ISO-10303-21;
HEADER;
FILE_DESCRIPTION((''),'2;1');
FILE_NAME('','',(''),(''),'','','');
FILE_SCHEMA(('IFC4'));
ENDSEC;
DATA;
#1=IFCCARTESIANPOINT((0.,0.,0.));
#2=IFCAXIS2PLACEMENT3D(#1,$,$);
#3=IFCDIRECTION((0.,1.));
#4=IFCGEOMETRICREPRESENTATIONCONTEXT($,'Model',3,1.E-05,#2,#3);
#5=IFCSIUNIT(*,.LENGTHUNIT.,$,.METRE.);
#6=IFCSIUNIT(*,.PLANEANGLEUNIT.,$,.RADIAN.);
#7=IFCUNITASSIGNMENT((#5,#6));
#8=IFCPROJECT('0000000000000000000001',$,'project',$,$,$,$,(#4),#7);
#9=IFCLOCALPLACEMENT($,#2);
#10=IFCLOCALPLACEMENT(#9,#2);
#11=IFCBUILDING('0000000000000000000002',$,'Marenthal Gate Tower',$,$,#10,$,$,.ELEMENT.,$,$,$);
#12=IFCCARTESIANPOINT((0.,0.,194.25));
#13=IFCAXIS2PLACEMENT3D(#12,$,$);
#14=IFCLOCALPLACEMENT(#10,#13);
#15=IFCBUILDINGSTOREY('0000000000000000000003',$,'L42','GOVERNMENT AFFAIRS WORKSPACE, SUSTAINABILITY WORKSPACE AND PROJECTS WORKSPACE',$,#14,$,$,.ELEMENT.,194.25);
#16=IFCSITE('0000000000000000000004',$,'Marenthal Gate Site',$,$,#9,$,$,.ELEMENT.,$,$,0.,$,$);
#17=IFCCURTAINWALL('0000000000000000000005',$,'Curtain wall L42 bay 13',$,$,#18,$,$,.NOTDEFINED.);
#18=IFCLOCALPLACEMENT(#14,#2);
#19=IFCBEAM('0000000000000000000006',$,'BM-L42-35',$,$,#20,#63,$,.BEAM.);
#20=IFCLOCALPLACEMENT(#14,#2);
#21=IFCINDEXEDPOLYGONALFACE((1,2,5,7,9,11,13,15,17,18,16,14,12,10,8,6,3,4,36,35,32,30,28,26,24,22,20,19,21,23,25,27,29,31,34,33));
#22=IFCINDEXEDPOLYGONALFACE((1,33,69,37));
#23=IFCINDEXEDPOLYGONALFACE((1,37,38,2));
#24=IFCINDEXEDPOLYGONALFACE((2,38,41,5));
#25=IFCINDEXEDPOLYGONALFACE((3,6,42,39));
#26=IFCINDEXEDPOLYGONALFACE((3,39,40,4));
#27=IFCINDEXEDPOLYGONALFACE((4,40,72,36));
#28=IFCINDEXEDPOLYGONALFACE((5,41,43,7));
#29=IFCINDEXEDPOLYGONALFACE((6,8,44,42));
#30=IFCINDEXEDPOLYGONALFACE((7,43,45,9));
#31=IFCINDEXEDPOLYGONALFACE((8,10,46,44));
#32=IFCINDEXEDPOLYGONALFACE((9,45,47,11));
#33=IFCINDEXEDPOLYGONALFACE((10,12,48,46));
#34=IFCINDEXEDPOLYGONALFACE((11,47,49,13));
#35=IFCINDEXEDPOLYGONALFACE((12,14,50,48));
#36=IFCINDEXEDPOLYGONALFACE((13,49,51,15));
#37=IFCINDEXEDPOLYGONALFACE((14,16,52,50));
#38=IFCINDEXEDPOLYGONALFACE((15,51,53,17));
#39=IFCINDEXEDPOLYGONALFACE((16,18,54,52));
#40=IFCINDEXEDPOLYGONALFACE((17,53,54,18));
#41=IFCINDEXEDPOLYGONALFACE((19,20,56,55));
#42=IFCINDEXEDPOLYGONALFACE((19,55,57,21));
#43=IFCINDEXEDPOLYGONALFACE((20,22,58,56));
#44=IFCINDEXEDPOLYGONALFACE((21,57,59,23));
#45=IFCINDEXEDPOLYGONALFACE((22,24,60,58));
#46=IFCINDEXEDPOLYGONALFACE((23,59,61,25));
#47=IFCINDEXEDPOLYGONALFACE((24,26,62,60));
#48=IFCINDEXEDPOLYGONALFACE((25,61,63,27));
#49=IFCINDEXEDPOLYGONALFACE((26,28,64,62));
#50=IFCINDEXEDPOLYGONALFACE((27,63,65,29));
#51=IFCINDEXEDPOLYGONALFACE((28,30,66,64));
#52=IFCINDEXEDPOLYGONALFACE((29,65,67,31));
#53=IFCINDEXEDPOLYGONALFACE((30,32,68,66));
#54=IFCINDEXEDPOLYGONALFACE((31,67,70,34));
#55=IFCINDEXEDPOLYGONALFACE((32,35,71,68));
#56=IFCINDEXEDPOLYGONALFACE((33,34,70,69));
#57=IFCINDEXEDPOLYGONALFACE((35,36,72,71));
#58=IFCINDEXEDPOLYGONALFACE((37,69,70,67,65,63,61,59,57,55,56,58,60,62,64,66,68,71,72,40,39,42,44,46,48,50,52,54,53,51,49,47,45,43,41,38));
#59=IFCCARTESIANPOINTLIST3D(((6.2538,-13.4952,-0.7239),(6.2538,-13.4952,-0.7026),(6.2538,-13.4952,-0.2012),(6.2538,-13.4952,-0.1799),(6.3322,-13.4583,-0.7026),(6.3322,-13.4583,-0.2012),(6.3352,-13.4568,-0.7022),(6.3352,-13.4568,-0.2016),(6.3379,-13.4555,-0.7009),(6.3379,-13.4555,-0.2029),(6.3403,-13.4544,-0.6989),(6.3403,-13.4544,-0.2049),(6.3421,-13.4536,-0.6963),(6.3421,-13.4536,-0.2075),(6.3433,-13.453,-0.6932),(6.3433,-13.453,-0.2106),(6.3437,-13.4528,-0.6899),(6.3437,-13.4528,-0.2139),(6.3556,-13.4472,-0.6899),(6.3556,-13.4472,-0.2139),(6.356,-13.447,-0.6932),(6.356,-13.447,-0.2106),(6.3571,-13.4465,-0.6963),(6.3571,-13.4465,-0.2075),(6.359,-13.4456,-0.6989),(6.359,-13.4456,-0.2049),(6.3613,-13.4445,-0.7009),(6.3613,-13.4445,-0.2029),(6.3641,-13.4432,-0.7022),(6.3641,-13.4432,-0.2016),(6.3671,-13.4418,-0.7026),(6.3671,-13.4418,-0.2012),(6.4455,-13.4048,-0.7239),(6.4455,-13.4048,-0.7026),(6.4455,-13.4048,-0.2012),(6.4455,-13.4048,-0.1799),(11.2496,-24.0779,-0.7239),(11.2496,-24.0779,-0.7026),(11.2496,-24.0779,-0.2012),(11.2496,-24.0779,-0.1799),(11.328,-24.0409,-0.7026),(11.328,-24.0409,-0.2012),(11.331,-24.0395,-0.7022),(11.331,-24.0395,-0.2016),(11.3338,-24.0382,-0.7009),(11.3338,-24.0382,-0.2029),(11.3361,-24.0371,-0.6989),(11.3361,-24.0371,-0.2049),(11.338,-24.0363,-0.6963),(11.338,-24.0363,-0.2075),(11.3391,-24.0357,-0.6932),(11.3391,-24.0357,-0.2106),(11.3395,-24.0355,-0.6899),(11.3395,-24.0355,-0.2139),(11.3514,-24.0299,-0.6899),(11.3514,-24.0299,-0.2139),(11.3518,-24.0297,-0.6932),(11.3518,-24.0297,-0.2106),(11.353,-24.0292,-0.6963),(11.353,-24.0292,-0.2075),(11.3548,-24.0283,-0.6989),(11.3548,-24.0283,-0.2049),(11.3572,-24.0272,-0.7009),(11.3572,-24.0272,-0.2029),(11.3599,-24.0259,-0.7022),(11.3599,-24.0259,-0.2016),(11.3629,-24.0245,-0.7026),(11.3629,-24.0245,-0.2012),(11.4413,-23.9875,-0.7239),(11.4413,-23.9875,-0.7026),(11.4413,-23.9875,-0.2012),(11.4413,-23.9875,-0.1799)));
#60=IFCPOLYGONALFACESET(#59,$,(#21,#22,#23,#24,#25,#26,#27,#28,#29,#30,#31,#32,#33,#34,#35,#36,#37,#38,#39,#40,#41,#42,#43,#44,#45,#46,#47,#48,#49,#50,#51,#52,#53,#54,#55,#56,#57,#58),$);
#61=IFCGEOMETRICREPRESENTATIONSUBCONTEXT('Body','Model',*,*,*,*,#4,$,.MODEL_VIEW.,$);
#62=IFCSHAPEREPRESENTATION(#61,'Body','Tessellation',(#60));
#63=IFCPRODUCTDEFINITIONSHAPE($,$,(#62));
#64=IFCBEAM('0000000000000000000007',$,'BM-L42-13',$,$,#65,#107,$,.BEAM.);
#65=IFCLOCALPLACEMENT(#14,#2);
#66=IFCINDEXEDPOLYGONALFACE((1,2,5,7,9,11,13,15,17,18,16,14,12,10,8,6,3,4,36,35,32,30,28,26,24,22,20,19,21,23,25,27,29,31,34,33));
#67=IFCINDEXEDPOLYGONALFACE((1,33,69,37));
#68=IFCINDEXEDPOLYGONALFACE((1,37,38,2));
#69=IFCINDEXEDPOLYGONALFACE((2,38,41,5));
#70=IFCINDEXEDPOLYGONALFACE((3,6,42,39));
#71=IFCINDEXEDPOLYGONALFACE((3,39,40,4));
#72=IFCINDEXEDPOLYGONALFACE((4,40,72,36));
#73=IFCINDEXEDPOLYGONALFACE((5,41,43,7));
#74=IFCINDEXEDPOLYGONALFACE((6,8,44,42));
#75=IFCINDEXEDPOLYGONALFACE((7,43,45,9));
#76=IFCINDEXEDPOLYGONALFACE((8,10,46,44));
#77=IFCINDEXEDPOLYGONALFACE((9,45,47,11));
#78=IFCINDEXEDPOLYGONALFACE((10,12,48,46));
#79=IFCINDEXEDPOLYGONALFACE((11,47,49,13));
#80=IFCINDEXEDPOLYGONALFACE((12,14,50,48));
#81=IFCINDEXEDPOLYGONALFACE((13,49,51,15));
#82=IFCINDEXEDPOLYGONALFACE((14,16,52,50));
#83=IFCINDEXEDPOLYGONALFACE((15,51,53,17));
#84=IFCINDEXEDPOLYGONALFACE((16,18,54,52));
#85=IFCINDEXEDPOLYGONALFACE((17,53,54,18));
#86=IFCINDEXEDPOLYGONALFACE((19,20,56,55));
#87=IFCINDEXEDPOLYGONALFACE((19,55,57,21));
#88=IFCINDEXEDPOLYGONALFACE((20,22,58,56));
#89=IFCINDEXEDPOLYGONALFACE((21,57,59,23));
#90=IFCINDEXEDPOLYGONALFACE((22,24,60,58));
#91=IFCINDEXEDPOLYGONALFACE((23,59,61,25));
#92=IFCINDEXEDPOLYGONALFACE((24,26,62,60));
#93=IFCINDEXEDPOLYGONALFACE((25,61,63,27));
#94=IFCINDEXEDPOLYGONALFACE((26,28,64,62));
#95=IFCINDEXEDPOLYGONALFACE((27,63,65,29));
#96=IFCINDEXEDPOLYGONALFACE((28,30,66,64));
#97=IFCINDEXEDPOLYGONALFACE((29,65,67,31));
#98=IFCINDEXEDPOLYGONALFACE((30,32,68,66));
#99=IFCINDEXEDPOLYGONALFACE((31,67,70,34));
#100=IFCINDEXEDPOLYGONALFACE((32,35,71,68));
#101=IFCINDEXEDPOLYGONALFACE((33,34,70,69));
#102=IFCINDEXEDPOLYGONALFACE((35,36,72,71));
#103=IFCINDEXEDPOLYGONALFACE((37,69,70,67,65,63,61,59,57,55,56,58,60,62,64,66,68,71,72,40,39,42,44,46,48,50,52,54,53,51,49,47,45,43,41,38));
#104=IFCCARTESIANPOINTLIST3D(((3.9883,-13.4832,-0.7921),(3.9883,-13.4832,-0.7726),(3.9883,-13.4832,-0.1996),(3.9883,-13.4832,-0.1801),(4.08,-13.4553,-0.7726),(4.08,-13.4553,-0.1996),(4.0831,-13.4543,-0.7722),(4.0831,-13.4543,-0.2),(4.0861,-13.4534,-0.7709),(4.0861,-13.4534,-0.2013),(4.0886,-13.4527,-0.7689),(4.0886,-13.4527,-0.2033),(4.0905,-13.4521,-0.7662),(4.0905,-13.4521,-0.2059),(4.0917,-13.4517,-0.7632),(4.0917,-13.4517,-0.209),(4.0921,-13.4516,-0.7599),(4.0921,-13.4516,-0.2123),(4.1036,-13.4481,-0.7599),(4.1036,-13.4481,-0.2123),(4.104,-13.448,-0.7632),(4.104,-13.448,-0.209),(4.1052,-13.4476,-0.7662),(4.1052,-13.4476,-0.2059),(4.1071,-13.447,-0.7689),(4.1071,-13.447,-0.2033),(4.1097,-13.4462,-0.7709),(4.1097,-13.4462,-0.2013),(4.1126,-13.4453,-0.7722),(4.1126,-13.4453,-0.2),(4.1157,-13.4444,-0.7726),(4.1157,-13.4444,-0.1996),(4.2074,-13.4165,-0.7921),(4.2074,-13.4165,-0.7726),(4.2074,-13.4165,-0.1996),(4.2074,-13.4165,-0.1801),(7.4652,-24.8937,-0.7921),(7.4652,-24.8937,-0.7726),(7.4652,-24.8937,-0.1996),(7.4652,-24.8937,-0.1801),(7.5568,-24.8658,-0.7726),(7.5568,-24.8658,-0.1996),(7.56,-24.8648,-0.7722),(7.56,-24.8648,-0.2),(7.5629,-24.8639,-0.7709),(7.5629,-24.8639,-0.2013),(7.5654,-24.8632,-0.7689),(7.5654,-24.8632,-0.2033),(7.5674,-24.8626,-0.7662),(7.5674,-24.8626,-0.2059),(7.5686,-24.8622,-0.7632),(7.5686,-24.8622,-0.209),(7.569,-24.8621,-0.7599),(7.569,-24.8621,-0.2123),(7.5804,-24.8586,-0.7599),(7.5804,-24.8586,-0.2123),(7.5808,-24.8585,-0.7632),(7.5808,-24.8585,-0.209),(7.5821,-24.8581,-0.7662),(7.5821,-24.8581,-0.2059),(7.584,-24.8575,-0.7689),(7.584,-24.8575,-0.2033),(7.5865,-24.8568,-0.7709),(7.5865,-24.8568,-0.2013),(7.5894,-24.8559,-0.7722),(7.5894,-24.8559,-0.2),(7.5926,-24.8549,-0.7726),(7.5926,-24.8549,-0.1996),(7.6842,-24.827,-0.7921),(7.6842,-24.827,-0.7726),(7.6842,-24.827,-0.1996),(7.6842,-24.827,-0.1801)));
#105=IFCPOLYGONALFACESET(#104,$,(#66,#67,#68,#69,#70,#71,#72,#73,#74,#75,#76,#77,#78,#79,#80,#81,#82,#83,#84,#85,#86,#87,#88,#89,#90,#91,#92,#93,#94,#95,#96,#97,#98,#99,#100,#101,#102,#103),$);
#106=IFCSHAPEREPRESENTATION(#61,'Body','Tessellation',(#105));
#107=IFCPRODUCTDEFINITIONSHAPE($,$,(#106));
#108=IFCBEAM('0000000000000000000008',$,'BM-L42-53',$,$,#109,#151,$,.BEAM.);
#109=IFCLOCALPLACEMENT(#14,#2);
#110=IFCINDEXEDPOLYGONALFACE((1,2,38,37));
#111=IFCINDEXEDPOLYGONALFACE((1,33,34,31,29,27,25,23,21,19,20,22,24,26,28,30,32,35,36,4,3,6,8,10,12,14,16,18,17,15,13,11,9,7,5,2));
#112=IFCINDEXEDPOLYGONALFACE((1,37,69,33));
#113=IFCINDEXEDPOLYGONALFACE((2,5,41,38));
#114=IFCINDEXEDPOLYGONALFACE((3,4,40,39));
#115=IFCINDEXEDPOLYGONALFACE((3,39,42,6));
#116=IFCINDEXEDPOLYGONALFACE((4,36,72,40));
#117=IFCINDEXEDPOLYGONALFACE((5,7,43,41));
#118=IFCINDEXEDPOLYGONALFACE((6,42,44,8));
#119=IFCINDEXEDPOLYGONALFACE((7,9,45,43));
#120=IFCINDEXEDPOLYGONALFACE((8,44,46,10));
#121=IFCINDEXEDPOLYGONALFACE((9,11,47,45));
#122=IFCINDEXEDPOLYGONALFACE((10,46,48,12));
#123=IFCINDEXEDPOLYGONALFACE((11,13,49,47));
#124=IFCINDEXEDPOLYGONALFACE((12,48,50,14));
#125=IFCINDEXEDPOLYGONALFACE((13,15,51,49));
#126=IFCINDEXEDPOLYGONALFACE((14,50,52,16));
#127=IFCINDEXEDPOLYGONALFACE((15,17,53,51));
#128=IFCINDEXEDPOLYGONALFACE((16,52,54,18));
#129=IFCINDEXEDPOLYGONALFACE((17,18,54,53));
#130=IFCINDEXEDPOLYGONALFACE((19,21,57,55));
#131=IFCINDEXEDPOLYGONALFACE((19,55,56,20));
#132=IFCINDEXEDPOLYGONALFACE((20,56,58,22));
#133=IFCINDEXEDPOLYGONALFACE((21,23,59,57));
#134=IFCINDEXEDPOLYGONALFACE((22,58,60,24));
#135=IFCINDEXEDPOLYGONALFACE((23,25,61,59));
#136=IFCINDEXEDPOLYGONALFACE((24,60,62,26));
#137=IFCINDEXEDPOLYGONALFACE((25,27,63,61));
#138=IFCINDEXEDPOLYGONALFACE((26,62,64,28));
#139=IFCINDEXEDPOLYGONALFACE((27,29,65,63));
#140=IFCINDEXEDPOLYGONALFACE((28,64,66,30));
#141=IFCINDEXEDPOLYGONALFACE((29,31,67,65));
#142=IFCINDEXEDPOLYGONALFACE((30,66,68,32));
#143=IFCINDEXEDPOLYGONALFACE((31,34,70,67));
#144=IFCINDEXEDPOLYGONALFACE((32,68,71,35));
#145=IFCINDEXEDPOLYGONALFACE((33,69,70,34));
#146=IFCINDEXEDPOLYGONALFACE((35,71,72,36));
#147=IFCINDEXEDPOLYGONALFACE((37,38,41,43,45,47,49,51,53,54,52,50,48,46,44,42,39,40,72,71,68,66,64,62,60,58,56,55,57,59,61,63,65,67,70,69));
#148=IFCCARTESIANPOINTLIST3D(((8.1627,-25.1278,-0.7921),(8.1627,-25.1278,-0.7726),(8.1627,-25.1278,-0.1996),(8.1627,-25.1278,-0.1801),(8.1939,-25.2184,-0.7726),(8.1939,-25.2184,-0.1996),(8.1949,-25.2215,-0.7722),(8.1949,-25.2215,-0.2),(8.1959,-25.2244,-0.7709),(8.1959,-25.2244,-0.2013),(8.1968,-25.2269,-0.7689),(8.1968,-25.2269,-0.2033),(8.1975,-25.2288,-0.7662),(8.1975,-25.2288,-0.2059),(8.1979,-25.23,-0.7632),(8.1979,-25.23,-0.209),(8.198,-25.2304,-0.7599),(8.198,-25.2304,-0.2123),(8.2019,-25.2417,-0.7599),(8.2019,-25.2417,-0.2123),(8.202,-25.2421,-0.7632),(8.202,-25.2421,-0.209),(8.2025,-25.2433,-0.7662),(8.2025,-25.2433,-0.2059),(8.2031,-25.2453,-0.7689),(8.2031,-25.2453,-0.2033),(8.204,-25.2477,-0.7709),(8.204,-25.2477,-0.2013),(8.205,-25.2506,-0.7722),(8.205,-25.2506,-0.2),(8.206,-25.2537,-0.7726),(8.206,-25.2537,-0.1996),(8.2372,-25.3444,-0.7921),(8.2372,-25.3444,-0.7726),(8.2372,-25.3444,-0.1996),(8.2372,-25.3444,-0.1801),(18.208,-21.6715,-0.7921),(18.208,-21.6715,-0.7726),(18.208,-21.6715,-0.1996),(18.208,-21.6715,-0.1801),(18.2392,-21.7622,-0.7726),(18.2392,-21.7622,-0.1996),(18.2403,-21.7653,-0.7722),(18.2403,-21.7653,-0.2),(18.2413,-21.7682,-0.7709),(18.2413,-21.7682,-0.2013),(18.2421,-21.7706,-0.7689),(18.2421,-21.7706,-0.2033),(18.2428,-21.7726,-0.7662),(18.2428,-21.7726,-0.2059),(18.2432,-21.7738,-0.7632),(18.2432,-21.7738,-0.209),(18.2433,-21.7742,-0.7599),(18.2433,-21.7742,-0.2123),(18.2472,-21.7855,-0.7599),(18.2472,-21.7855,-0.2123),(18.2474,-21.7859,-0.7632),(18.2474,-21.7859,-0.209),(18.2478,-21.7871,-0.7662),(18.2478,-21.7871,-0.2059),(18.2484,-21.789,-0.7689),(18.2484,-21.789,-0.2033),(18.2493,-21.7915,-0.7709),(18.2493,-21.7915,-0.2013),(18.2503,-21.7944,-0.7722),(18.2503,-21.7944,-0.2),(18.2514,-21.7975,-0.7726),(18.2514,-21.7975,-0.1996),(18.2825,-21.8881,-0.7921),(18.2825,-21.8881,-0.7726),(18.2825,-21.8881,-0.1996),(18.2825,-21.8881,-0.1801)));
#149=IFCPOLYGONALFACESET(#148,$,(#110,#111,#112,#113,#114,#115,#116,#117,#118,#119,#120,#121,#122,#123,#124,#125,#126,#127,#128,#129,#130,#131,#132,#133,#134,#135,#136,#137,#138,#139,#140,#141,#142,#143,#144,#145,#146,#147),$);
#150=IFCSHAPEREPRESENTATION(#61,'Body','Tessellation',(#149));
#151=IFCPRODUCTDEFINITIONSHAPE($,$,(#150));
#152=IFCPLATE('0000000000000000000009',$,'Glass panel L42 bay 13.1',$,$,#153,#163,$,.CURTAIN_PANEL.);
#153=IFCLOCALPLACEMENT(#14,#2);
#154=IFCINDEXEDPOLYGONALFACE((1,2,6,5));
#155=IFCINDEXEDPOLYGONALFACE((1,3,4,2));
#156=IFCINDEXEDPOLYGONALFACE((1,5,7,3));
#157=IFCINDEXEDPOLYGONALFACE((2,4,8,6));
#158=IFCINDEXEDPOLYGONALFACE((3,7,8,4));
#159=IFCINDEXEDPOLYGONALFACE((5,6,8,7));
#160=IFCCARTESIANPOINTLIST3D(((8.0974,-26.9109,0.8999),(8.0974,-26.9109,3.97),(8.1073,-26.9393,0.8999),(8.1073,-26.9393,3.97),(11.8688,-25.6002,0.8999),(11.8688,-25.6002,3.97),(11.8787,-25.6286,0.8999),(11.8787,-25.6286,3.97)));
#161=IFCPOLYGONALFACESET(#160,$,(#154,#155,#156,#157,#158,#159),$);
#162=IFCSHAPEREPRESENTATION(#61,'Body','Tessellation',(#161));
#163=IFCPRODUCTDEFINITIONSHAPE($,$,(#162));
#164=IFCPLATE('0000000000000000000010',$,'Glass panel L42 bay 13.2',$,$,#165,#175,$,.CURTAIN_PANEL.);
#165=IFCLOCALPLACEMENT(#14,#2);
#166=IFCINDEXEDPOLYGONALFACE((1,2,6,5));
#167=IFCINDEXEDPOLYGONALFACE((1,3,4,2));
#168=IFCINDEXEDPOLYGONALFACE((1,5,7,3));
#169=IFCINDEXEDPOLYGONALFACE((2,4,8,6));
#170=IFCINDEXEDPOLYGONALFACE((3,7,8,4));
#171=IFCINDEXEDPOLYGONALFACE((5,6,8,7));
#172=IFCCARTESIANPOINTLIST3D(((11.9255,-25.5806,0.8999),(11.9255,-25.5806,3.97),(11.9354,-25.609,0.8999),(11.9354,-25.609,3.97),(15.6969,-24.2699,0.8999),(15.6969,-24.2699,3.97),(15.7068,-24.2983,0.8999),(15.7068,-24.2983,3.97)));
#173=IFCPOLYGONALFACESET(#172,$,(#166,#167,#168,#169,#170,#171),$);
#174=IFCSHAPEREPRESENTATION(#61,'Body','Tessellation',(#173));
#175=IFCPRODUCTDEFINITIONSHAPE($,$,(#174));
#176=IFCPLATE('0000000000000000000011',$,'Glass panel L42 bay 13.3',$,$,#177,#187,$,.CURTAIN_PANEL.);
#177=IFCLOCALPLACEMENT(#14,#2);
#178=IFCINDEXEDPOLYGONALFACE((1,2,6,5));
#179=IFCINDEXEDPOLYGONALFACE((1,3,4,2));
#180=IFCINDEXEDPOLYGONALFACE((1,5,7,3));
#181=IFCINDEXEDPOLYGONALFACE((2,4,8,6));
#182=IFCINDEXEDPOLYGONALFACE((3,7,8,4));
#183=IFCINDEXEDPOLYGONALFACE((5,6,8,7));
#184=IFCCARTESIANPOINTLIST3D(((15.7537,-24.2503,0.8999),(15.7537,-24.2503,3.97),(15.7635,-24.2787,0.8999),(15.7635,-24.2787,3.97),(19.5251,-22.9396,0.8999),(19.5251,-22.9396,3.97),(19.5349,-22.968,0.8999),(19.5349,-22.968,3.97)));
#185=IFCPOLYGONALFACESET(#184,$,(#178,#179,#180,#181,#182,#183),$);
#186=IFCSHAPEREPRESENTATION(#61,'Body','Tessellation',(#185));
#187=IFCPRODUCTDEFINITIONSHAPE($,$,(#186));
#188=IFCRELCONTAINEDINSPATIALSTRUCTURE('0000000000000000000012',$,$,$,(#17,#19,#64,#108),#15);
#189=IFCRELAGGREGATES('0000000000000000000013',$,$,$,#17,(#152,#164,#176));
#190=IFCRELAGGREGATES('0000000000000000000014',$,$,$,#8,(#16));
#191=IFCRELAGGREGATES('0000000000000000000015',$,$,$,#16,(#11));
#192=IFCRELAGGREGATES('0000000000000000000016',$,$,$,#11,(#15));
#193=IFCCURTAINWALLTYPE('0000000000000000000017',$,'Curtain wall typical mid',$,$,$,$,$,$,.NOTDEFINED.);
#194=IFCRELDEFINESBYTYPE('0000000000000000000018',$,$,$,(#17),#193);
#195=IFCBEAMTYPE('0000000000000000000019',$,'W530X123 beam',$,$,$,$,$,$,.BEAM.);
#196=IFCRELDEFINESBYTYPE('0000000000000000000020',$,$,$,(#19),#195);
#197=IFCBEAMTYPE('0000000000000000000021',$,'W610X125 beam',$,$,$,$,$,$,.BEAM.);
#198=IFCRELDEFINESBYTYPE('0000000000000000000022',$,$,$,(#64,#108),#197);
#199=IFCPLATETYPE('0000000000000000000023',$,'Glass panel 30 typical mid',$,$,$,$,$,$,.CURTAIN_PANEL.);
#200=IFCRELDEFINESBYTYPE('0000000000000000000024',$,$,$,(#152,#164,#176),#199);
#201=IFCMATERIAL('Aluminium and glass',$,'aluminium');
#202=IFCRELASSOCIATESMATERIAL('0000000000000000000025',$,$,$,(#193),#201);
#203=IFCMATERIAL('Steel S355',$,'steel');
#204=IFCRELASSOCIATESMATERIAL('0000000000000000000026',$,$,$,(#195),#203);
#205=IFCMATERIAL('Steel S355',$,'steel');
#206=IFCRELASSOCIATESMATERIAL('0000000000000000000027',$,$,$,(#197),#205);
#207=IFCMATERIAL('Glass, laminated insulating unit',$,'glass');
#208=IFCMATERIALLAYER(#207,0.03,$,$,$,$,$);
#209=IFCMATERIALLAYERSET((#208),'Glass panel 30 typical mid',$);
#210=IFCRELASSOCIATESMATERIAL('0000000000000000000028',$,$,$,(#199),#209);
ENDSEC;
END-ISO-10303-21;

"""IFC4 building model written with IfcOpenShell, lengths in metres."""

from ifc_helpers import new_model, si_unit, direction, frame, origin, origin_2d, place, context, subcontext, project, spatial, rectangle, i_section, extrude, material, layer, layer_set, material_profile, profile_set, type_object, element, aggregate, save


model = new_model("IFC4")

# Units and contexts
model_context = context("Model", 3, precision=1e-05, world=origin(), true_north=direction((0.0, 1.0)))
body_context = subcontext(model_context, "Body", "Model", "MODEL_VIEW")
ifc_project = project(units=[si_unit("LENGTHUNIT", "METRE"), si_unit("PLANEANGLEUNIT", "RADIAN")], contexts=[model_context])

# Site, building, storey
site_placement = place(None, origin())
site = spatial("IfcSite", under=ifc_project, at=site_placement, Name="Marenthal Gate Site", CompositionType="ELEMENT", RefElevation=0.0)
building_placement = place(site_placement, origin())
building = spatial("IfcBuilding", under=site, at=building_placement, Name="Marenthal Gate Tower", CompositionType="ELEMENT")
storey_placement = place(building_placement, frame((0.0, 0.0, 194.25)))
storey = spatial("IfcBuildingStorey", under=building, at=storey_placement, Name="L42", Description="GOVERNMENT AFFAIRS WORKSPACE, SUSTAINABILITY WORKSPACE AND PROJECTS WORKSPACE", CompositionType="ELEMENT", Elevation=194.25)

# Curtain wall
ifc_material_1 = material(Name="Aluminium and glass", Category="aluminium")
curtain_wall_type = type_object("IfcCurtainWallType", Name="Curtain wall typical mid", PredefinedType="NOTDEFINED", material=ifc_material_1)
curtain_wall_placement = place(storey_placement, origin())
curtain_wall = element("IfcCurtainWall", 1, at=curtain_wall_placement, inside=storey, type_object=curtain_wall_type, Name="Curtain wall L42 bay 13", PredefinedType="NOTDEFINED")

# Beams
ifc_material_2 = material(Name="Steel S355", Category="steel")
ifc_material_profile_1 = material_profile(ifc_material_2, i_section(OverallWidth=0.2119, OverallDepth=0.5439, WebThickness=0.0132, FlangeThickness=0.0212, FilletRadius=0.0127, at=origin_2d()), Name="W530X123")
ifc_profile_set_1 = profile_set([ifc_material_profile_1], Name="Steel S355")
beam_type_1 = type_object("IfcBeamType", Name="W530X123 beam", PredefinedType="BEAM", material=ifc_profile_set_1)
beam_1_placement = place(storey_placement, frame((11.3455, -24.0327, -0.4519), z_axis=(-0.426897, 0.9043, 0.0), x_axis=(-0.9043, -0.426897, 0.0)))
element("IfcBeam", 2, at=beam_1_placement, inside=storey, type_object=beam_type_1, Name="BM-L42-35", PredefinedType="BEAM", context=body_context, shape_type="SweptSolid", body=[
    extrude(i_section(OverallWidth=0.2119, OverallDepth=0.5439, WebThickness=0.0132, FlangeThickness=0.0212, FilletRadius=0.0127, at=origin_2d()), origin(), (0.0, 0.0, 1.0), 11.7026),
])
ifc_material_3 = material(Name="Steel S355", Category="steel")
ifc_material_profile_2 = material_profile(ifc_material_3, i_section(OverallWidth=0.229, OverallDepth=0.6121, WebThickness=0.012, FlangeThickness=0.0195, FilletRadius=0.0127, at=origin_2d()), Name="W610X125")
ifc_profile_set_2 = profile_set([ifc_material_profile_2], Name="Steel S355")
beam_type_2 = type_object("IfcBeamType", Name="W610X125 beam", PredefinedType="BEAM", material=ifc_profile_set_2)
beam_2_placement = place(storey_placement, frame((7.5747, -24.8604, -0.4861), z_axis=(-0.291474, 0.956579, 0.0), x_axis=(-0.956579, -0.291474, 0.0)))
element("IfcBeam", 3, at=beam_2_placement, inside=storey, type_object=beam_type_2, Name="BM-L42-13", PredefinedType="BEAM", context=body_context, shape_type="SweptSolid", body=[
    extrude(i_section(OverallWidth=0.229, OverallDepth=0.6121, WebThickness=0.012, FlangeThickness=0.0195, FilletRadius=0.0127, at=origin_2d()), origin(), (0.0, 0.0, 1.0), 11.9285),
])
beam_3_placement = place(storey_placement, frame((8.2, -25.2361, -0.4861), z_axis=(0.945594, 0.325348, 0.0), x_axis=(-0.325348, 0.945594, 0.0)))
element("IfcBeam", 4, at=beam_3_placement, inside=storey, type_object=beam_type_2, Name="BM-L42-53", PredefinedType="BEAM", context=body_context, shape_type="SweptSolid", body=[
    extrude(i_section(OverallWidth=0.229, OverallDepth=0.6121, WebThickness=0.012, FlangeThickness=0.0195, FilletRadius=0.0127, at=origin_2d()), origin(), (0.0, 0.0, 1.0), 10.6233),
])

# Plates
ifc_material_4 = material(Name="Glass, laminated insulating unit", Category="glass")
ifc_layer_1 = layer(ifc_material_4, 0.03)
ifc_layer_set_1 = layer_set([ifc_layer_1], Name="Glass panel 30 typical mid")
plate_type = type_object("IfcPlateType", Name="Glass panel 30 typical mid", PredefinedType="CURTAIN_PANEL", material=ifc_layer_set_1)
plate_1_placement = place(storey_placement, frame((9.988, -26.2698, 0.8999), z_axis=(0.0, 0.0, 1.0), x_axis=(0.944583, 0.328273, 0.0)))
plate_1 = element("IfcPlate", 5, at=plate_1_placement, type_object=plate_type, Name="Glass panel L42 bay 13.1", PredefinedType="CURTAIN_PANEL", context=body_context, shape_type="SweptSolid", body=[
    extrude(rectangle(XDim=3.9927, YDim=0.03, at=origin_2d()), origin(), (0.0, 0.0, 1.0), 3.0701),
])
plate_2_placement = place(storey_placement, frame((13.8162, -24.9395, 0.8999), z_axis=(0.0, 0.0, 1.0), x_axis=(0.944583, 0.328273, 0.0)))
plate_2 = element("IfcPlate", 6, at=plate_2_placement, type_object=plate_type, Name="Glass panel L42 bay 13.2", PredefinedType="CURTAIN_PANEL", context=body_context, shape_type="SweptSolid", body=[
    extrude(rectangle(XDim=3.9927, YDim=0.03, at=origin_2d()), origin(), (0.0, 0.0, 1.0), 3.0701),
])
plate_3_placement = place(storey_placement, frame((17.6443, -23.6091, 0.8999), z_axis=(0.0, 0.0, 1.0), x_axis=(0.944583, 0.328273, 0.0)))
plate_3 = element("IfcPlate", 7, at=plate_3_placement, type_object=plate_type, Name="Glass panel L42 bay 13.3", PredefinedType="CURTAIN_PANEL", context=body_context, shape_type="SweptSolid", body=[
    extrude(rectangle(XDim=3.9927, YDim=0.03, at=origin_2d()), origin(), (0.0, 0.0, 1.0), 3.0701),
])
aggregate(curtain_wall, [plate_1, plate_2, plate_3])

save(model, "model.ifc")
